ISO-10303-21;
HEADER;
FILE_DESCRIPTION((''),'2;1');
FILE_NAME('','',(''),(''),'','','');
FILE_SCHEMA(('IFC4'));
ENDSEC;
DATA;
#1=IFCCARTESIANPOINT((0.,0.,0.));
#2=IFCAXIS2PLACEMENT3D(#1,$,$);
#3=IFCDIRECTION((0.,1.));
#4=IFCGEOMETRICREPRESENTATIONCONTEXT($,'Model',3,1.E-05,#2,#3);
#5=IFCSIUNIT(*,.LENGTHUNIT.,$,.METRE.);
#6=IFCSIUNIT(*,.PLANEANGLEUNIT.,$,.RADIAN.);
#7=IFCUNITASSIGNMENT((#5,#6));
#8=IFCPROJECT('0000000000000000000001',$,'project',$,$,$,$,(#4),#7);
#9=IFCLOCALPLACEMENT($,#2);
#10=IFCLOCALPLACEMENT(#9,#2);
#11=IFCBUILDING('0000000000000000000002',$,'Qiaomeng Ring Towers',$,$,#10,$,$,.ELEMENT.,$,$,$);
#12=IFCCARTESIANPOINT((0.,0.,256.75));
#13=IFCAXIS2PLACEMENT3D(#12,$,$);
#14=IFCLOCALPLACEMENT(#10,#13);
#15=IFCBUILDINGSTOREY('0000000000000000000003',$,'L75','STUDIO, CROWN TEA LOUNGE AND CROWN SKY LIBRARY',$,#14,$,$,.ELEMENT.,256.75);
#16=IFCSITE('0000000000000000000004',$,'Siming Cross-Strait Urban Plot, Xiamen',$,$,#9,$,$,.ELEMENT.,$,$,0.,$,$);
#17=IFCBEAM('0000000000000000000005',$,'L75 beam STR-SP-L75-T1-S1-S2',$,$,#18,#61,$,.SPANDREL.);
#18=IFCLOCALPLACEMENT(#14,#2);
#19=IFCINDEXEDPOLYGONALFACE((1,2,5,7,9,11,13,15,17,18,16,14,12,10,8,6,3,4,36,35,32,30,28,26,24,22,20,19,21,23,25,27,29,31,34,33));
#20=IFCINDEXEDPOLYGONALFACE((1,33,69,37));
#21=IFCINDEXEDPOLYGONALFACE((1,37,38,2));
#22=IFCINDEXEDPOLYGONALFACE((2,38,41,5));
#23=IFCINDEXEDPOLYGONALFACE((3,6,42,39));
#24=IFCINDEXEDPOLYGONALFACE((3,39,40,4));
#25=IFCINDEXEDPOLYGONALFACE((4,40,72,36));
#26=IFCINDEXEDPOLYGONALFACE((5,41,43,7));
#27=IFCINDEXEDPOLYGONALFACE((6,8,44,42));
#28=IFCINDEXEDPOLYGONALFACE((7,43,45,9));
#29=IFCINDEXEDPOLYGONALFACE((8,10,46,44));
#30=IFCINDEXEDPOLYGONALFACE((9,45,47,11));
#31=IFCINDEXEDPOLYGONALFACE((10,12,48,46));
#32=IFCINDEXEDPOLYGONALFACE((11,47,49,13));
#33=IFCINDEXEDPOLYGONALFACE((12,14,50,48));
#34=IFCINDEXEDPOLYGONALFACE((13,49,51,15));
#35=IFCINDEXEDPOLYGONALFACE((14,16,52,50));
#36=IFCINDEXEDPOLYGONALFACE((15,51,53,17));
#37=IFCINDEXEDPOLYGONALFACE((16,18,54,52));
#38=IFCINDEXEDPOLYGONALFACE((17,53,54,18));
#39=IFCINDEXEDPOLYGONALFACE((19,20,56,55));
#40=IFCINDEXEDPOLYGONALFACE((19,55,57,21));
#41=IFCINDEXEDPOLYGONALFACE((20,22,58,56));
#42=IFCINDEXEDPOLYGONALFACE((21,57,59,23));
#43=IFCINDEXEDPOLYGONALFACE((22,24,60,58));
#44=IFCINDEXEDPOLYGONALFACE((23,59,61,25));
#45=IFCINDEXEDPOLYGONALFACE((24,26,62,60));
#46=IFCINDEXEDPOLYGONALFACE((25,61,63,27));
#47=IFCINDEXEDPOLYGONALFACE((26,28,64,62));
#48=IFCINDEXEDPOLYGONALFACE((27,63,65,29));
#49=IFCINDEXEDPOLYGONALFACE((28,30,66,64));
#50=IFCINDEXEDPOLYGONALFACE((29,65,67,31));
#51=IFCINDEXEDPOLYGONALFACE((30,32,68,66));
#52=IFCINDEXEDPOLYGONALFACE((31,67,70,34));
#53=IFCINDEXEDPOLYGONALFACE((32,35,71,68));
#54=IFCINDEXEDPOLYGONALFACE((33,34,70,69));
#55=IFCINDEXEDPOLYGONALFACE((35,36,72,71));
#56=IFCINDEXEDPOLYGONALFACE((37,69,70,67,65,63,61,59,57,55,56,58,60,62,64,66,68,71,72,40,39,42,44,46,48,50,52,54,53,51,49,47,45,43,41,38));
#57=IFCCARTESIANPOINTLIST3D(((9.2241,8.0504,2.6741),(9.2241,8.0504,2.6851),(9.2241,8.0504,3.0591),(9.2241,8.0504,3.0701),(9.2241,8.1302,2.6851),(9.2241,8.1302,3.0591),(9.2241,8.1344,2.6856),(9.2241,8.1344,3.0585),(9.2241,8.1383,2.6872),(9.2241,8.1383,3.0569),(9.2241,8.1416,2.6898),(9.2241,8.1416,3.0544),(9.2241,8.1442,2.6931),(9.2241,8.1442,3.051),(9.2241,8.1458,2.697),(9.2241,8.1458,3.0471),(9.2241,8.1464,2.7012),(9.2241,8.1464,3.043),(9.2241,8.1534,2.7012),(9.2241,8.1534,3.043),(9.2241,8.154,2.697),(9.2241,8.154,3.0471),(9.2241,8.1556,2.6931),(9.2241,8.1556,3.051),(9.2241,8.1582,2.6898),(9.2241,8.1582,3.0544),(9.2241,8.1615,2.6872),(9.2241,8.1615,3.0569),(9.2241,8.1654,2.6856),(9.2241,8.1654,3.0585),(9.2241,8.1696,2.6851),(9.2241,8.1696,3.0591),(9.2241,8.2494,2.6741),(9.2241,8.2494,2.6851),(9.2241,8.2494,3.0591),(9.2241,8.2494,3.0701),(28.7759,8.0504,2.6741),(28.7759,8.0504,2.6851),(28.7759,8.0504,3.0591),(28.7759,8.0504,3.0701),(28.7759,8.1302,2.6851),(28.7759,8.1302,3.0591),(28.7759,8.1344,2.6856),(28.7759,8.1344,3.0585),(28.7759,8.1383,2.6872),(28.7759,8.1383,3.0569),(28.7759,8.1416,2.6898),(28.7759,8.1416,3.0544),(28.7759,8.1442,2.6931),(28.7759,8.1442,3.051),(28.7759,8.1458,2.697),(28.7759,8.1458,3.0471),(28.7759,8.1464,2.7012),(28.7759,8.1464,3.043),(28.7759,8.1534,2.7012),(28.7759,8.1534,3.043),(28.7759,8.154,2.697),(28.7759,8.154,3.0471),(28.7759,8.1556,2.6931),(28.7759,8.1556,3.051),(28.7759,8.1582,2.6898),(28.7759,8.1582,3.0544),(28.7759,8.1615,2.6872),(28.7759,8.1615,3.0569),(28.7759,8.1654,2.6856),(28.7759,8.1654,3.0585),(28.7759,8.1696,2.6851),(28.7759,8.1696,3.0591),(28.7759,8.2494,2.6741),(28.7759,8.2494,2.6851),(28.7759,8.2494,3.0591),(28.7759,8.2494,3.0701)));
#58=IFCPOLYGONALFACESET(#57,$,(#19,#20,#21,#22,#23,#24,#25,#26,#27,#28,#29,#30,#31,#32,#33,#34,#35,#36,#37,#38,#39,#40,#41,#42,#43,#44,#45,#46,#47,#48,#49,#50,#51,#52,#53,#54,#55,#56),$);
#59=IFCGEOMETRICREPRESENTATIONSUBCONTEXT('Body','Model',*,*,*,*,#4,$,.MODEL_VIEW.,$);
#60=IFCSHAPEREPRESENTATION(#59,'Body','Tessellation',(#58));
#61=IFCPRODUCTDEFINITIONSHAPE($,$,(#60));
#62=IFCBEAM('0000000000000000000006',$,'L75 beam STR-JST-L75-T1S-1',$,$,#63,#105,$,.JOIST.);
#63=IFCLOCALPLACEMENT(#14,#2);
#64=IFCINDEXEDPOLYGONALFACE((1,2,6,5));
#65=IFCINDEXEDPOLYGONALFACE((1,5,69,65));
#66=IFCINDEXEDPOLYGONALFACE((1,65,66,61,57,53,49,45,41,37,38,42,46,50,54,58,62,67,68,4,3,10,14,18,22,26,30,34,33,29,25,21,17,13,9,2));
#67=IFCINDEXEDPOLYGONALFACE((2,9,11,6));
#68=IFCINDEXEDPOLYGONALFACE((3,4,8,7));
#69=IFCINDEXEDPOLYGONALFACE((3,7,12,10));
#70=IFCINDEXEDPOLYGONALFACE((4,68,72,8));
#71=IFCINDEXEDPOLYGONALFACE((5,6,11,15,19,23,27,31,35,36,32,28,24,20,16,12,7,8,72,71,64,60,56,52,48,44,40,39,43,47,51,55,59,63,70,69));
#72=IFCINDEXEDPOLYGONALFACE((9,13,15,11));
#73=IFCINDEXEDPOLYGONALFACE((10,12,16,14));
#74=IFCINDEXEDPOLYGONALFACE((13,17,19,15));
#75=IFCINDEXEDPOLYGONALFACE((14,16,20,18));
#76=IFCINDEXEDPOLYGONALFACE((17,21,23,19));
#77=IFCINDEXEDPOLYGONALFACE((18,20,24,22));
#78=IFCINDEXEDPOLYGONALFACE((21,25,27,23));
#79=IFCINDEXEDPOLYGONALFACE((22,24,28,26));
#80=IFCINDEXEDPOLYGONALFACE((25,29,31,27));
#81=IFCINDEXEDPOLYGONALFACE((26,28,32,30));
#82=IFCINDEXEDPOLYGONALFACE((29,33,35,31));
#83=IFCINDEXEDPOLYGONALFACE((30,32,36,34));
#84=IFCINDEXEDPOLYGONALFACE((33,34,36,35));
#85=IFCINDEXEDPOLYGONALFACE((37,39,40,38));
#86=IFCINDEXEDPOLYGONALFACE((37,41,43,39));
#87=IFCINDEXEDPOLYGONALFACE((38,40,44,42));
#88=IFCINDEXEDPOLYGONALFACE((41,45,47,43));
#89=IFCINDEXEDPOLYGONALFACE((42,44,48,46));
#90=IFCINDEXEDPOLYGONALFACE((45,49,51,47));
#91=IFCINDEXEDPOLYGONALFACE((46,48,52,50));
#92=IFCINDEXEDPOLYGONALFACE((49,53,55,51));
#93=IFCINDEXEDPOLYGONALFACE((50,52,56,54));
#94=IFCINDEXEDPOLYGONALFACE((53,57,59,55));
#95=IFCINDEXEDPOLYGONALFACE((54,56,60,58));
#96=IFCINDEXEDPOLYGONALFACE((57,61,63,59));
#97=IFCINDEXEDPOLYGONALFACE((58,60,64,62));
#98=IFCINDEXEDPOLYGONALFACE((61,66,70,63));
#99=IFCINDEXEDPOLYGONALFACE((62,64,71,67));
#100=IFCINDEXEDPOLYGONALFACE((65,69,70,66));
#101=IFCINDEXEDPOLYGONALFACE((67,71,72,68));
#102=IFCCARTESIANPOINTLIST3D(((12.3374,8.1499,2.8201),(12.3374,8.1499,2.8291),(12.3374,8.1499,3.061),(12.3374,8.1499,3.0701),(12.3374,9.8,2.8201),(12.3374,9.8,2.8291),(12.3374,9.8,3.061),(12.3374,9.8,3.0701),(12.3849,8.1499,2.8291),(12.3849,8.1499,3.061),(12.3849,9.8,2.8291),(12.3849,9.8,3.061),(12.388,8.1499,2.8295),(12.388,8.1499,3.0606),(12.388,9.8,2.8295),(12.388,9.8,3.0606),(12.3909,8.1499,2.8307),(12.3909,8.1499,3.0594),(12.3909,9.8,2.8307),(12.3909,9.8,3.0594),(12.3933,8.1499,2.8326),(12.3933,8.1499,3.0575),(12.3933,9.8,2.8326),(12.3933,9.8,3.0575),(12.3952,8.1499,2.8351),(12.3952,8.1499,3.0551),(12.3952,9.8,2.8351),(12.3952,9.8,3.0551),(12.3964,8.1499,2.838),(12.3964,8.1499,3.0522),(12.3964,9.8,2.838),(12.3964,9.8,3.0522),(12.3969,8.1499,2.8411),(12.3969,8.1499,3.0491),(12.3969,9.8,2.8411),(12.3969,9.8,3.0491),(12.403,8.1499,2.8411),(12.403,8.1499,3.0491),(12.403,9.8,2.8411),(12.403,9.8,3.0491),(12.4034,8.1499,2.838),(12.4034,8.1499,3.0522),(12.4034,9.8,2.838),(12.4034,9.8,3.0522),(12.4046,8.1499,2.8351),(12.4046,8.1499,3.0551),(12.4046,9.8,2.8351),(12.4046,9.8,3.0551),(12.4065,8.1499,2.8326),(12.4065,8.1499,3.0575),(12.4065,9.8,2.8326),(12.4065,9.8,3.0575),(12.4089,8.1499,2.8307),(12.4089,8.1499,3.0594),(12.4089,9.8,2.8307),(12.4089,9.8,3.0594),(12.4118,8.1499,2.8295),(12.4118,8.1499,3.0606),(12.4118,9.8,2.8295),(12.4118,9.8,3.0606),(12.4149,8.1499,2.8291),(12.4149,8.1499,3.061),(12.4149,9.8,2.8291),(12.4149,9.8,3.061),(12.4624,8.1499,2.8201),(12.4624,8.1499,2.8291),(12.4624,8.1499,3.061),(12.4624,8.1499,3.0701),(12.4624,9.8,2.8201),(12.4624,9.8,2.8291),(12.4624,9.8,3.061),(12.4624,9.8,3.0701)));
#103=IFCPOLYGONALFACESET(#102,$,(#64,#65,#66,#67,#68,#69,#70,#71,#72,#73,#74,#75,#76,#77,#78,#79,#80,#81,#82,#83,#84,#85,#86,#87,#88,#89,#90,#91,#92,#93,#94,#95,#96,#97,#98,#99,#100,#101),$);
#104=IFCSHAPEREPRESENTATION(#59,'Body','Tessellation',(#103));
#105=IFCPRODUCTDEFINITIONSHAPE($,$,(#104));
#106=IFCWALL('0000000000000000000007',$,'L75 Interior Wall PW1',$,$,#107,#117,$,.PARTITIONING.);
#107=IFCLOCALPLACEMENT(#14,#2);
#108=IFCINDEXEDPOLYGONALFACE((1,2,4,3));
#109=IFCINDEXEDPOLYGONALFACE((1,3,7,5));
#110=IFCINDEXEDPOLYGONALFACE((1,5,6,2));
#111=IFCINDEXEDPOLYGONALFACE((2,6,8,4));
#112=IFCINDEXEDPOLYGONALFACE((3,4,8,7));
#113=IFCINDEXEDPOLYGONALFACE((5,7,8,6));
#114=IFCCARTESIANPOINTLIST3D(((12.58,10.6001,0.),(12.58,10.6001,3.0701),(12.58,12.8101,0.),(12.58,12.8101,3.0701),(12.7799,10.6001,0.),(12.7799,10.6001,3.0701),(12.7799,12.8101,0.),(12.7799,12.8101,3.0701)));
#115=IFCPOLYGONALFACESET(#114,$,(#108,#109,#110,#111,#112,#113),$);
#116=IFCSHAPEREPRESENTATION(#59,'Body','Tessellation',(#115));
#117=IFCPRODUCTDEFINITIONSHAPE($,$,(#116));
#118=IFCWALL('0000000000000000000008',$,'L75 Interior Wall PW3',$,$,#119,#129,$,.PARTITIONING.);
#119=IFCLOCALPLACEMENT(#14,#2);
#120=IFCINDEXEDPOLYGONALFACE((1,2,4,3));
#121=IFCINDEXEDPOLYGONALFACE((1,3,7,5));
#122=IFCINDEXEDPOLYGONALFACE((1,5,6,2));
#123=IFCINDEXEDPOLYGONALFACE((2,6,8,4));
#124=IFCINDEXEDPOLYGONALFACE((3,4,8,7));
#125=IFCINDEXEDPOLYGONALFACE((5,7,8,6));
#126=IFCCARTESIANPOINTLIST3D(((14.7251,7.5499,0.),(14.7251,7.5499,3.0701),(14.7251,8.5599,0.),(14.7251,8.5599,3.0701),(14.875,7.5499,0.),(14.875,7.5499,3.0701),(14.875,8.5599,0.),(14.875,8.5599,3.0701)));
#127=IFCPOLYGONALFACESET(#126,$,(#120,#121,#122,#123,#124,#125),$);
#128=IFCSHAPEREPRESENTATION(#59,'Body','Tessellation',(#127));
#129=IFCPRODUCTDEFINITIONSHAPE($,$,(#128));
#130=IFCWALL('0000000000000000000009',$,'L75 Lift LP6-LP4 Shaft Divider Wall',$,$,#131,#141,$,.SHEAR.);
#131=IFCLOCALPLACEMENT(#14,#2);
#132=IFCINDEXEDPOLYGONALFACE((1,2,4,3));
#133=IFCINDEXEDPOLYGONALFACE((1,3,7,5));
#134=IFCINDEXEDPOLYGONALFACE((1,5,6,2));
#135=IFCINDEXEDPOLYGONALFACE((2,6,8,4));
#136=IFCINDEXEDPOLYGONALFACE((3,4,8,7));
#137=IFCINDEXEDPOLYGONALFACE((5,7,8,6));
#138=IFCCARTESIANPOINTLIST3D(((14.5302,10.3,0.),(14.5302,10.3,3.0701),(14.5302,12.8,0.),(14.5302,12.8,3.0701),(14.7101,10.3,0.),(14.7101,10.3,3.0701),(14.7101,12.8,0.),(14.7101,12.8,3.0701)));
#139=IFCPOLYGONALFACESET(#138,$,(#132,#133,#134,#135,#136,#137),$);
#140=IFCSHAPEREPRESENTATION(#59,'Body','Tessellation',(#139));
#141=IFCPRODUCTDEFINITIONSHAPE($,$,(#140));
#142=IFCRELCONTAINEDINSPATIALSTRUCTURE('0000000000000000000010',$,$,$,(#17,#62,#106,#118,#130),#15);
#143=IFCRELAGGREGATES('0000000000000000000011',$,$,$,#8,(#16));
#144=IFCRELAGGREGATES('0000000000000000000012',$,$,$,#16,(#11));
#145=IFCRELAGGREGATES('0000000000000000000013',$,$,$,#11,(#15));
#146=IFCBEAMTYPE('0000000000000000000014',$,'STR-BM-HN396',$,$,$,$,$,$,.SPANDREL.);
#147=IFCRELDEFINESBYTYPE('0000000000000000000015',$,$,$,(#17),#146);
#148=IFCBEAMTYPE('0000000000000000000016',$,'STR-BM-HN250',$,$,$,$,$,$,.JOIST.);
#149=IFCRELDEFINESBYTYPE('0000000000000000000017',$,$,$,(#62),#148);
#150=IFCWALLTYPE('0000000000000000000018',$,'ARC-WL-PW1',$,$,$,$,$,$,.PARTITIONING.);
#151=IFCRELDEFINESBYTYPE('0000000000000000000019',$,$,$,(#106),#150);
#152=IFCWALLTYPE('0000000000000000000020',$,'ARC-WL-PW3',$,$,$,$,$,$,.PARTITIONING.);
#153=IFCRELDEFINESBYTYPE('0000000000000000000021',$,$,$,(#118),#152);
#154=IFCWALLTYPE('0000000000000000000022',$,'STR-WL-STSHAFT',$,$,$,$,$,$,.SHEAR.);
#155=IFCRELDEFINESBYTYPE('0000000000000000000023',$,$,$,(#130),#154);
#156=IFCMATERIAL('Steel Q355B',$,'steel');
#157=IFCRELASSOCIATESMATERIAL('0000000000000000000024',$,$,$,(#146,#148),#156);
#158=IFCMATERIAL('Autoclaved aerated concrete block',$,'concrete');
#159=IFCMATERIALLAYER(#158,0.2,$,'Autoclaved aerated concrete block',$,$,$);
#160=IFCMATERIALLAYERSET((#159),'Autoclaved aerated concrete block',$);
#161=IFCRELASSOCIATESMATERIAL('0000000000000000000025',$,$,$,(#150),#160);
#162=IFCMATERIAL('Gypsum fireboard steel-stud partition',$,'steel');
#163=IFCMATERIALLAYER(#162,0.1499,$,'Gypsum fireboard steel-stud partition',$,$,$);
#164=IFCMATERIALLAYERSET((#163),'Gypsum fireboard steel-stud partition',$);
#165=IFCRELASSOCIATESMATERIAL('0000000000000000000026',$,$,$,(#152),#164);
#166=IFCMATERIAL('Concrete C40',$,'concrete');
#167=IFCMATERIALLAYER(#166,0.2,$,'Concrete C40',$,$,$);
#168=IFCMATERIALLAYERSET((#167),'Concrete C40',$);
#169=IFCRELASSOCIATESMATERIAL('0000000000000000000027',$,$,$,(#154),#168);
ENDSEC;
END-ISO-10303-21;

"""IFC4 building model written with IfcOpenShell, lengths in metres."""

from ifc_helpers import new_model, si_unit, direction, frame, frame_2d, origin, origin_2d, place, context, subcontext, project, spatial, rectangle, i_section, extrude, source, transform, mapped, material, layer, layer_set, material_profile, profile_set, type_object, element, save


model = new_model("IFC4")

# Units and contexts
model_context = context("Model", 3, precision=1e-05, world=origin(), true_north=direction((0.0, 1.0)))
body_context = subcontext(model_context, "Body", "Model", "MODEL_VIEW")
ifc_project = project(units=[si_unit("LENGTHUNIT", "METRE"), si_unit("PLANEANGLEUNIT", "RADIAN")], contexts=[model_context])

# Site, building, storey
site_placement = place(None, origin())
site = spatial("IfcSite", under=ifc_project, at=site_placement, Name="Siming Cross-Strait Urban Plot, Xiamen", CompositionType="ELEMENT", RefElevation=0.0)
building_placement = place(site_placement, origin())
building = spatial("IfcBuilding", under=site, at=building_placement, Name="Qiaomeng Ring Towers", CompositionType="ELEMENT")
storey_placement = place(building_placement, frame((0.0, 0.0, 256.75)))
storey = spatial("IfcBuildingStorey", under=building, at=storey_placement, Name="L75", Description="STUDIO, CROWN TEA LOUNGE AND CROWN SKY LIBRARY", CompositionType="ELEMENT", Elevation=256.75)

# Beams
ifc_material_1 = material(Name="Steel Q355B", Category="steel")
ifc_material_profile_1 = material_profile(ifc_material_1, i_section(OverallWidth=0.199, OverallDepth=0.396, WebThickness=0.0071, FlangeThickness=0.011, FilletRadius=0.0161, at=origin_2d()), Name="HN 396x199x7x11")
ifc_profile_set_1 = profile_set([ifc_material_profile_1], Name="Steel Q355B")
beam_type_1 = type_object("IfcBeamType", Name="STR-BM-HN396", PredefinedType="SPANDREL", material=ifc_profile_set_1)
shared_shape_1 = source(origin(), body_context, "Body", "SweptSolid", [
    extrude(i_section(OverallWidth=0.199, OverallDepth=0.396, WebThickness=0.0071, FlangeThickness=0.011, FilletRadius=0.0161, at=origin_2d()), origin(), (0.0, 0.0, 1.0), 19.5518),
])
beam_1_placement = place(storey_placement, frame((9.2241, 8.1499, 2.8721), z_axis=(1.0, 0.0, 0.0), x_axis=(0.0, 1.0, 0.0)))
element("IfcBeam", 1, at=beam_1_placement, inside=storey, type_object=beam_type_1, Name="L75 beam STR-SP-L75-T1-S1-S2", PredefinedType="SPANDREL", context=body_context, shape_type="MappedRepresentation", body=[
    mapped(shared_shape_1, transform((0.0, 0.0, 0.0), x_axis=(1.0, 0.0, 0.0), y_axis=(0.0, 1.0, 0.0), z_axis=(0.0, 0.0, 1.0), scale=1.0)),
])
ifc_material_profile_2 = material_profile(ifc_material_1, i_section(OverallWidth=0.125, OverallDepth=0.25, WebThickness=0.0061, FlangeThickness=0.009, FilletRadius=0.012, at=origin_2d()), Name="HN 250x125x6x9")
ifc_profile_set_2 = profile_set([ifc_material_profile_2], Name="Steel Q355B")
beam_type_2 = type_object("IfcBeamType", Name="STR-BM-HN250", PredefinedType="JOIST", material=ifc_profile_set_2)
shared_shape_2 = source(origin(), body_context, "Body", "SweptSolid", [
    extrude(i_section(OverallWidth=0.125, OverallDepth=0.25, WebThickness=0.0061, FlangeThickness=0.009, FilletRadius=0.012, at=origin_2d()), origin(), (0.0, 0.0, 1.0), 1.6501),
])
beam_2_placement = place(storey_placement, frame((12.3999, 8.1499, 2.9451), z_axis=(0.0, 1.0, 0.0), x_axis=(-1.0, 0.0, 0.0)))
element("IfcBeam", 2, at=beam_2_placement, inside=storey, type_object=beam_type_2, Name="L75 beam STR-JST-L75-T1S-1", PredefinedType="JOIST", context=body_context, shape_type="MappedRepresentation", body=[
    mapped(shared_shape_2, transform((0.0, 0.0, 0.0), x_axis=(1.0, 0.0, 0.0), y_axis=(0.0, 1.0, 0.0), z_axis=(0.0, 0.0, 1.0), scale=1.0)),
])

# Walls
ifc_material_2 = material(Name="Autoclaved aerated concrete block", Category="concrete")
ifc_layer_1 = layer(ifc_material_2, 0.2, Name="Autoclaved aerated concrete block")
ifc_layer_set_1 = layer_set([ifc_layer_1], Name="Autoclaved aerated concrete block")
wall_type_1 = type_object("IfcWallType", Name="ARC-WL-PW1", PredefinedType="PARTITIONING", material=ifc_layer_set_1)
wall_1_placement = place(storey_placement, frame((12.6799, 10.6001, 0.0), z_axis=(0.0, 0.0, 1.0), x_axis=(0.0, 1.0, 0.0)))
element("IfcWall", 3, at=wall_1_placement, inside=storey, type_object=wall_type_1, Name="L75 Interior Wall PW1", PredefinedType="PARTITIONING", context=body_context, shape_type="SweptSolid", body=[
    extrude(rectangle(XDim=2.21, YDim=0.2, at=frame_2d((1.105, 0.0))), origin(), (0.0, 0.0, 1.0), 3.0701),
])
ifc_material_3 = material(Name="Gypsum fireboard steel-stud partition", Category="steel")
ifc_layer_2 = layer(ifc_material_3, 0.1499, Name="Gypsum fireboard steel-stud partition")
ifc_layer_set_2 = layer_set([ifc_layer_2], Name="Gypsum fireboard steel-stud partition")
wall_type_2 = type_object("IfcWallType", Name="ARC-WL-PW3", PredefinedType="PARTITIONING", material=ifc_layer_set_2)
wall_2_placement = place(storey_placement, frame((14.8, 7.55, 0.0), z_axis=(0.0, 0.0, 1.0), x_axis=(0.0, 1.0, 0.0)))
element("IfcWall", 4, at=wall_2_placement, inside=storey, type_object=wall_type_2, Name="L75 Interior Wall PW3", PredefinedType="PARTITIONING", context=body_context, shape_type="SweptSolid", body=[
    extrude(rectangle(XDim=1.01, YDim=0.1499, at=frame_2d((0.5049, 0.0))), origin(), (0.0, 0.0, 1.0), 3.0701),
])
ifc_material_4 = material(Name="Concrete C40", Category="concrete")
ifc_layer_3 = layer(ifc_material_4, 0.2, Name="Concrete C40")
ifc_layer_set_3 = layer_set([ifc_layer_3], Name="Concrete C40")
wall_type_3 = type_object("IfcWallType", Name="STR-WL-STSHAFT", PredefinedType="SHEAR", material=ifc_layer_set_3)
wall_3_placement = place(storey_placement, frame((14.6201, 10.3, 0.0), z_axis=(0.0, 0.0, 1.0), x_axis=(0.0, 1.0, 0.0)))
element("IfcWall", 5, at=wall_3_placement, inside=storey, type_object=wall_type_3, Name="L75 Lift LP6-LP4 Shaft Divider Wall", PredefinedType="SHEAR", context=body_context, shape_type="SweptSolid", body=[
    extrude(rectangle(XDim=2.5, YDim=0.1799, at=frame_2d((1.25, 0.0))), origin(), (0.0, 0.0, 1.0), 3.0701),
])

save(model, "model.ifc")
